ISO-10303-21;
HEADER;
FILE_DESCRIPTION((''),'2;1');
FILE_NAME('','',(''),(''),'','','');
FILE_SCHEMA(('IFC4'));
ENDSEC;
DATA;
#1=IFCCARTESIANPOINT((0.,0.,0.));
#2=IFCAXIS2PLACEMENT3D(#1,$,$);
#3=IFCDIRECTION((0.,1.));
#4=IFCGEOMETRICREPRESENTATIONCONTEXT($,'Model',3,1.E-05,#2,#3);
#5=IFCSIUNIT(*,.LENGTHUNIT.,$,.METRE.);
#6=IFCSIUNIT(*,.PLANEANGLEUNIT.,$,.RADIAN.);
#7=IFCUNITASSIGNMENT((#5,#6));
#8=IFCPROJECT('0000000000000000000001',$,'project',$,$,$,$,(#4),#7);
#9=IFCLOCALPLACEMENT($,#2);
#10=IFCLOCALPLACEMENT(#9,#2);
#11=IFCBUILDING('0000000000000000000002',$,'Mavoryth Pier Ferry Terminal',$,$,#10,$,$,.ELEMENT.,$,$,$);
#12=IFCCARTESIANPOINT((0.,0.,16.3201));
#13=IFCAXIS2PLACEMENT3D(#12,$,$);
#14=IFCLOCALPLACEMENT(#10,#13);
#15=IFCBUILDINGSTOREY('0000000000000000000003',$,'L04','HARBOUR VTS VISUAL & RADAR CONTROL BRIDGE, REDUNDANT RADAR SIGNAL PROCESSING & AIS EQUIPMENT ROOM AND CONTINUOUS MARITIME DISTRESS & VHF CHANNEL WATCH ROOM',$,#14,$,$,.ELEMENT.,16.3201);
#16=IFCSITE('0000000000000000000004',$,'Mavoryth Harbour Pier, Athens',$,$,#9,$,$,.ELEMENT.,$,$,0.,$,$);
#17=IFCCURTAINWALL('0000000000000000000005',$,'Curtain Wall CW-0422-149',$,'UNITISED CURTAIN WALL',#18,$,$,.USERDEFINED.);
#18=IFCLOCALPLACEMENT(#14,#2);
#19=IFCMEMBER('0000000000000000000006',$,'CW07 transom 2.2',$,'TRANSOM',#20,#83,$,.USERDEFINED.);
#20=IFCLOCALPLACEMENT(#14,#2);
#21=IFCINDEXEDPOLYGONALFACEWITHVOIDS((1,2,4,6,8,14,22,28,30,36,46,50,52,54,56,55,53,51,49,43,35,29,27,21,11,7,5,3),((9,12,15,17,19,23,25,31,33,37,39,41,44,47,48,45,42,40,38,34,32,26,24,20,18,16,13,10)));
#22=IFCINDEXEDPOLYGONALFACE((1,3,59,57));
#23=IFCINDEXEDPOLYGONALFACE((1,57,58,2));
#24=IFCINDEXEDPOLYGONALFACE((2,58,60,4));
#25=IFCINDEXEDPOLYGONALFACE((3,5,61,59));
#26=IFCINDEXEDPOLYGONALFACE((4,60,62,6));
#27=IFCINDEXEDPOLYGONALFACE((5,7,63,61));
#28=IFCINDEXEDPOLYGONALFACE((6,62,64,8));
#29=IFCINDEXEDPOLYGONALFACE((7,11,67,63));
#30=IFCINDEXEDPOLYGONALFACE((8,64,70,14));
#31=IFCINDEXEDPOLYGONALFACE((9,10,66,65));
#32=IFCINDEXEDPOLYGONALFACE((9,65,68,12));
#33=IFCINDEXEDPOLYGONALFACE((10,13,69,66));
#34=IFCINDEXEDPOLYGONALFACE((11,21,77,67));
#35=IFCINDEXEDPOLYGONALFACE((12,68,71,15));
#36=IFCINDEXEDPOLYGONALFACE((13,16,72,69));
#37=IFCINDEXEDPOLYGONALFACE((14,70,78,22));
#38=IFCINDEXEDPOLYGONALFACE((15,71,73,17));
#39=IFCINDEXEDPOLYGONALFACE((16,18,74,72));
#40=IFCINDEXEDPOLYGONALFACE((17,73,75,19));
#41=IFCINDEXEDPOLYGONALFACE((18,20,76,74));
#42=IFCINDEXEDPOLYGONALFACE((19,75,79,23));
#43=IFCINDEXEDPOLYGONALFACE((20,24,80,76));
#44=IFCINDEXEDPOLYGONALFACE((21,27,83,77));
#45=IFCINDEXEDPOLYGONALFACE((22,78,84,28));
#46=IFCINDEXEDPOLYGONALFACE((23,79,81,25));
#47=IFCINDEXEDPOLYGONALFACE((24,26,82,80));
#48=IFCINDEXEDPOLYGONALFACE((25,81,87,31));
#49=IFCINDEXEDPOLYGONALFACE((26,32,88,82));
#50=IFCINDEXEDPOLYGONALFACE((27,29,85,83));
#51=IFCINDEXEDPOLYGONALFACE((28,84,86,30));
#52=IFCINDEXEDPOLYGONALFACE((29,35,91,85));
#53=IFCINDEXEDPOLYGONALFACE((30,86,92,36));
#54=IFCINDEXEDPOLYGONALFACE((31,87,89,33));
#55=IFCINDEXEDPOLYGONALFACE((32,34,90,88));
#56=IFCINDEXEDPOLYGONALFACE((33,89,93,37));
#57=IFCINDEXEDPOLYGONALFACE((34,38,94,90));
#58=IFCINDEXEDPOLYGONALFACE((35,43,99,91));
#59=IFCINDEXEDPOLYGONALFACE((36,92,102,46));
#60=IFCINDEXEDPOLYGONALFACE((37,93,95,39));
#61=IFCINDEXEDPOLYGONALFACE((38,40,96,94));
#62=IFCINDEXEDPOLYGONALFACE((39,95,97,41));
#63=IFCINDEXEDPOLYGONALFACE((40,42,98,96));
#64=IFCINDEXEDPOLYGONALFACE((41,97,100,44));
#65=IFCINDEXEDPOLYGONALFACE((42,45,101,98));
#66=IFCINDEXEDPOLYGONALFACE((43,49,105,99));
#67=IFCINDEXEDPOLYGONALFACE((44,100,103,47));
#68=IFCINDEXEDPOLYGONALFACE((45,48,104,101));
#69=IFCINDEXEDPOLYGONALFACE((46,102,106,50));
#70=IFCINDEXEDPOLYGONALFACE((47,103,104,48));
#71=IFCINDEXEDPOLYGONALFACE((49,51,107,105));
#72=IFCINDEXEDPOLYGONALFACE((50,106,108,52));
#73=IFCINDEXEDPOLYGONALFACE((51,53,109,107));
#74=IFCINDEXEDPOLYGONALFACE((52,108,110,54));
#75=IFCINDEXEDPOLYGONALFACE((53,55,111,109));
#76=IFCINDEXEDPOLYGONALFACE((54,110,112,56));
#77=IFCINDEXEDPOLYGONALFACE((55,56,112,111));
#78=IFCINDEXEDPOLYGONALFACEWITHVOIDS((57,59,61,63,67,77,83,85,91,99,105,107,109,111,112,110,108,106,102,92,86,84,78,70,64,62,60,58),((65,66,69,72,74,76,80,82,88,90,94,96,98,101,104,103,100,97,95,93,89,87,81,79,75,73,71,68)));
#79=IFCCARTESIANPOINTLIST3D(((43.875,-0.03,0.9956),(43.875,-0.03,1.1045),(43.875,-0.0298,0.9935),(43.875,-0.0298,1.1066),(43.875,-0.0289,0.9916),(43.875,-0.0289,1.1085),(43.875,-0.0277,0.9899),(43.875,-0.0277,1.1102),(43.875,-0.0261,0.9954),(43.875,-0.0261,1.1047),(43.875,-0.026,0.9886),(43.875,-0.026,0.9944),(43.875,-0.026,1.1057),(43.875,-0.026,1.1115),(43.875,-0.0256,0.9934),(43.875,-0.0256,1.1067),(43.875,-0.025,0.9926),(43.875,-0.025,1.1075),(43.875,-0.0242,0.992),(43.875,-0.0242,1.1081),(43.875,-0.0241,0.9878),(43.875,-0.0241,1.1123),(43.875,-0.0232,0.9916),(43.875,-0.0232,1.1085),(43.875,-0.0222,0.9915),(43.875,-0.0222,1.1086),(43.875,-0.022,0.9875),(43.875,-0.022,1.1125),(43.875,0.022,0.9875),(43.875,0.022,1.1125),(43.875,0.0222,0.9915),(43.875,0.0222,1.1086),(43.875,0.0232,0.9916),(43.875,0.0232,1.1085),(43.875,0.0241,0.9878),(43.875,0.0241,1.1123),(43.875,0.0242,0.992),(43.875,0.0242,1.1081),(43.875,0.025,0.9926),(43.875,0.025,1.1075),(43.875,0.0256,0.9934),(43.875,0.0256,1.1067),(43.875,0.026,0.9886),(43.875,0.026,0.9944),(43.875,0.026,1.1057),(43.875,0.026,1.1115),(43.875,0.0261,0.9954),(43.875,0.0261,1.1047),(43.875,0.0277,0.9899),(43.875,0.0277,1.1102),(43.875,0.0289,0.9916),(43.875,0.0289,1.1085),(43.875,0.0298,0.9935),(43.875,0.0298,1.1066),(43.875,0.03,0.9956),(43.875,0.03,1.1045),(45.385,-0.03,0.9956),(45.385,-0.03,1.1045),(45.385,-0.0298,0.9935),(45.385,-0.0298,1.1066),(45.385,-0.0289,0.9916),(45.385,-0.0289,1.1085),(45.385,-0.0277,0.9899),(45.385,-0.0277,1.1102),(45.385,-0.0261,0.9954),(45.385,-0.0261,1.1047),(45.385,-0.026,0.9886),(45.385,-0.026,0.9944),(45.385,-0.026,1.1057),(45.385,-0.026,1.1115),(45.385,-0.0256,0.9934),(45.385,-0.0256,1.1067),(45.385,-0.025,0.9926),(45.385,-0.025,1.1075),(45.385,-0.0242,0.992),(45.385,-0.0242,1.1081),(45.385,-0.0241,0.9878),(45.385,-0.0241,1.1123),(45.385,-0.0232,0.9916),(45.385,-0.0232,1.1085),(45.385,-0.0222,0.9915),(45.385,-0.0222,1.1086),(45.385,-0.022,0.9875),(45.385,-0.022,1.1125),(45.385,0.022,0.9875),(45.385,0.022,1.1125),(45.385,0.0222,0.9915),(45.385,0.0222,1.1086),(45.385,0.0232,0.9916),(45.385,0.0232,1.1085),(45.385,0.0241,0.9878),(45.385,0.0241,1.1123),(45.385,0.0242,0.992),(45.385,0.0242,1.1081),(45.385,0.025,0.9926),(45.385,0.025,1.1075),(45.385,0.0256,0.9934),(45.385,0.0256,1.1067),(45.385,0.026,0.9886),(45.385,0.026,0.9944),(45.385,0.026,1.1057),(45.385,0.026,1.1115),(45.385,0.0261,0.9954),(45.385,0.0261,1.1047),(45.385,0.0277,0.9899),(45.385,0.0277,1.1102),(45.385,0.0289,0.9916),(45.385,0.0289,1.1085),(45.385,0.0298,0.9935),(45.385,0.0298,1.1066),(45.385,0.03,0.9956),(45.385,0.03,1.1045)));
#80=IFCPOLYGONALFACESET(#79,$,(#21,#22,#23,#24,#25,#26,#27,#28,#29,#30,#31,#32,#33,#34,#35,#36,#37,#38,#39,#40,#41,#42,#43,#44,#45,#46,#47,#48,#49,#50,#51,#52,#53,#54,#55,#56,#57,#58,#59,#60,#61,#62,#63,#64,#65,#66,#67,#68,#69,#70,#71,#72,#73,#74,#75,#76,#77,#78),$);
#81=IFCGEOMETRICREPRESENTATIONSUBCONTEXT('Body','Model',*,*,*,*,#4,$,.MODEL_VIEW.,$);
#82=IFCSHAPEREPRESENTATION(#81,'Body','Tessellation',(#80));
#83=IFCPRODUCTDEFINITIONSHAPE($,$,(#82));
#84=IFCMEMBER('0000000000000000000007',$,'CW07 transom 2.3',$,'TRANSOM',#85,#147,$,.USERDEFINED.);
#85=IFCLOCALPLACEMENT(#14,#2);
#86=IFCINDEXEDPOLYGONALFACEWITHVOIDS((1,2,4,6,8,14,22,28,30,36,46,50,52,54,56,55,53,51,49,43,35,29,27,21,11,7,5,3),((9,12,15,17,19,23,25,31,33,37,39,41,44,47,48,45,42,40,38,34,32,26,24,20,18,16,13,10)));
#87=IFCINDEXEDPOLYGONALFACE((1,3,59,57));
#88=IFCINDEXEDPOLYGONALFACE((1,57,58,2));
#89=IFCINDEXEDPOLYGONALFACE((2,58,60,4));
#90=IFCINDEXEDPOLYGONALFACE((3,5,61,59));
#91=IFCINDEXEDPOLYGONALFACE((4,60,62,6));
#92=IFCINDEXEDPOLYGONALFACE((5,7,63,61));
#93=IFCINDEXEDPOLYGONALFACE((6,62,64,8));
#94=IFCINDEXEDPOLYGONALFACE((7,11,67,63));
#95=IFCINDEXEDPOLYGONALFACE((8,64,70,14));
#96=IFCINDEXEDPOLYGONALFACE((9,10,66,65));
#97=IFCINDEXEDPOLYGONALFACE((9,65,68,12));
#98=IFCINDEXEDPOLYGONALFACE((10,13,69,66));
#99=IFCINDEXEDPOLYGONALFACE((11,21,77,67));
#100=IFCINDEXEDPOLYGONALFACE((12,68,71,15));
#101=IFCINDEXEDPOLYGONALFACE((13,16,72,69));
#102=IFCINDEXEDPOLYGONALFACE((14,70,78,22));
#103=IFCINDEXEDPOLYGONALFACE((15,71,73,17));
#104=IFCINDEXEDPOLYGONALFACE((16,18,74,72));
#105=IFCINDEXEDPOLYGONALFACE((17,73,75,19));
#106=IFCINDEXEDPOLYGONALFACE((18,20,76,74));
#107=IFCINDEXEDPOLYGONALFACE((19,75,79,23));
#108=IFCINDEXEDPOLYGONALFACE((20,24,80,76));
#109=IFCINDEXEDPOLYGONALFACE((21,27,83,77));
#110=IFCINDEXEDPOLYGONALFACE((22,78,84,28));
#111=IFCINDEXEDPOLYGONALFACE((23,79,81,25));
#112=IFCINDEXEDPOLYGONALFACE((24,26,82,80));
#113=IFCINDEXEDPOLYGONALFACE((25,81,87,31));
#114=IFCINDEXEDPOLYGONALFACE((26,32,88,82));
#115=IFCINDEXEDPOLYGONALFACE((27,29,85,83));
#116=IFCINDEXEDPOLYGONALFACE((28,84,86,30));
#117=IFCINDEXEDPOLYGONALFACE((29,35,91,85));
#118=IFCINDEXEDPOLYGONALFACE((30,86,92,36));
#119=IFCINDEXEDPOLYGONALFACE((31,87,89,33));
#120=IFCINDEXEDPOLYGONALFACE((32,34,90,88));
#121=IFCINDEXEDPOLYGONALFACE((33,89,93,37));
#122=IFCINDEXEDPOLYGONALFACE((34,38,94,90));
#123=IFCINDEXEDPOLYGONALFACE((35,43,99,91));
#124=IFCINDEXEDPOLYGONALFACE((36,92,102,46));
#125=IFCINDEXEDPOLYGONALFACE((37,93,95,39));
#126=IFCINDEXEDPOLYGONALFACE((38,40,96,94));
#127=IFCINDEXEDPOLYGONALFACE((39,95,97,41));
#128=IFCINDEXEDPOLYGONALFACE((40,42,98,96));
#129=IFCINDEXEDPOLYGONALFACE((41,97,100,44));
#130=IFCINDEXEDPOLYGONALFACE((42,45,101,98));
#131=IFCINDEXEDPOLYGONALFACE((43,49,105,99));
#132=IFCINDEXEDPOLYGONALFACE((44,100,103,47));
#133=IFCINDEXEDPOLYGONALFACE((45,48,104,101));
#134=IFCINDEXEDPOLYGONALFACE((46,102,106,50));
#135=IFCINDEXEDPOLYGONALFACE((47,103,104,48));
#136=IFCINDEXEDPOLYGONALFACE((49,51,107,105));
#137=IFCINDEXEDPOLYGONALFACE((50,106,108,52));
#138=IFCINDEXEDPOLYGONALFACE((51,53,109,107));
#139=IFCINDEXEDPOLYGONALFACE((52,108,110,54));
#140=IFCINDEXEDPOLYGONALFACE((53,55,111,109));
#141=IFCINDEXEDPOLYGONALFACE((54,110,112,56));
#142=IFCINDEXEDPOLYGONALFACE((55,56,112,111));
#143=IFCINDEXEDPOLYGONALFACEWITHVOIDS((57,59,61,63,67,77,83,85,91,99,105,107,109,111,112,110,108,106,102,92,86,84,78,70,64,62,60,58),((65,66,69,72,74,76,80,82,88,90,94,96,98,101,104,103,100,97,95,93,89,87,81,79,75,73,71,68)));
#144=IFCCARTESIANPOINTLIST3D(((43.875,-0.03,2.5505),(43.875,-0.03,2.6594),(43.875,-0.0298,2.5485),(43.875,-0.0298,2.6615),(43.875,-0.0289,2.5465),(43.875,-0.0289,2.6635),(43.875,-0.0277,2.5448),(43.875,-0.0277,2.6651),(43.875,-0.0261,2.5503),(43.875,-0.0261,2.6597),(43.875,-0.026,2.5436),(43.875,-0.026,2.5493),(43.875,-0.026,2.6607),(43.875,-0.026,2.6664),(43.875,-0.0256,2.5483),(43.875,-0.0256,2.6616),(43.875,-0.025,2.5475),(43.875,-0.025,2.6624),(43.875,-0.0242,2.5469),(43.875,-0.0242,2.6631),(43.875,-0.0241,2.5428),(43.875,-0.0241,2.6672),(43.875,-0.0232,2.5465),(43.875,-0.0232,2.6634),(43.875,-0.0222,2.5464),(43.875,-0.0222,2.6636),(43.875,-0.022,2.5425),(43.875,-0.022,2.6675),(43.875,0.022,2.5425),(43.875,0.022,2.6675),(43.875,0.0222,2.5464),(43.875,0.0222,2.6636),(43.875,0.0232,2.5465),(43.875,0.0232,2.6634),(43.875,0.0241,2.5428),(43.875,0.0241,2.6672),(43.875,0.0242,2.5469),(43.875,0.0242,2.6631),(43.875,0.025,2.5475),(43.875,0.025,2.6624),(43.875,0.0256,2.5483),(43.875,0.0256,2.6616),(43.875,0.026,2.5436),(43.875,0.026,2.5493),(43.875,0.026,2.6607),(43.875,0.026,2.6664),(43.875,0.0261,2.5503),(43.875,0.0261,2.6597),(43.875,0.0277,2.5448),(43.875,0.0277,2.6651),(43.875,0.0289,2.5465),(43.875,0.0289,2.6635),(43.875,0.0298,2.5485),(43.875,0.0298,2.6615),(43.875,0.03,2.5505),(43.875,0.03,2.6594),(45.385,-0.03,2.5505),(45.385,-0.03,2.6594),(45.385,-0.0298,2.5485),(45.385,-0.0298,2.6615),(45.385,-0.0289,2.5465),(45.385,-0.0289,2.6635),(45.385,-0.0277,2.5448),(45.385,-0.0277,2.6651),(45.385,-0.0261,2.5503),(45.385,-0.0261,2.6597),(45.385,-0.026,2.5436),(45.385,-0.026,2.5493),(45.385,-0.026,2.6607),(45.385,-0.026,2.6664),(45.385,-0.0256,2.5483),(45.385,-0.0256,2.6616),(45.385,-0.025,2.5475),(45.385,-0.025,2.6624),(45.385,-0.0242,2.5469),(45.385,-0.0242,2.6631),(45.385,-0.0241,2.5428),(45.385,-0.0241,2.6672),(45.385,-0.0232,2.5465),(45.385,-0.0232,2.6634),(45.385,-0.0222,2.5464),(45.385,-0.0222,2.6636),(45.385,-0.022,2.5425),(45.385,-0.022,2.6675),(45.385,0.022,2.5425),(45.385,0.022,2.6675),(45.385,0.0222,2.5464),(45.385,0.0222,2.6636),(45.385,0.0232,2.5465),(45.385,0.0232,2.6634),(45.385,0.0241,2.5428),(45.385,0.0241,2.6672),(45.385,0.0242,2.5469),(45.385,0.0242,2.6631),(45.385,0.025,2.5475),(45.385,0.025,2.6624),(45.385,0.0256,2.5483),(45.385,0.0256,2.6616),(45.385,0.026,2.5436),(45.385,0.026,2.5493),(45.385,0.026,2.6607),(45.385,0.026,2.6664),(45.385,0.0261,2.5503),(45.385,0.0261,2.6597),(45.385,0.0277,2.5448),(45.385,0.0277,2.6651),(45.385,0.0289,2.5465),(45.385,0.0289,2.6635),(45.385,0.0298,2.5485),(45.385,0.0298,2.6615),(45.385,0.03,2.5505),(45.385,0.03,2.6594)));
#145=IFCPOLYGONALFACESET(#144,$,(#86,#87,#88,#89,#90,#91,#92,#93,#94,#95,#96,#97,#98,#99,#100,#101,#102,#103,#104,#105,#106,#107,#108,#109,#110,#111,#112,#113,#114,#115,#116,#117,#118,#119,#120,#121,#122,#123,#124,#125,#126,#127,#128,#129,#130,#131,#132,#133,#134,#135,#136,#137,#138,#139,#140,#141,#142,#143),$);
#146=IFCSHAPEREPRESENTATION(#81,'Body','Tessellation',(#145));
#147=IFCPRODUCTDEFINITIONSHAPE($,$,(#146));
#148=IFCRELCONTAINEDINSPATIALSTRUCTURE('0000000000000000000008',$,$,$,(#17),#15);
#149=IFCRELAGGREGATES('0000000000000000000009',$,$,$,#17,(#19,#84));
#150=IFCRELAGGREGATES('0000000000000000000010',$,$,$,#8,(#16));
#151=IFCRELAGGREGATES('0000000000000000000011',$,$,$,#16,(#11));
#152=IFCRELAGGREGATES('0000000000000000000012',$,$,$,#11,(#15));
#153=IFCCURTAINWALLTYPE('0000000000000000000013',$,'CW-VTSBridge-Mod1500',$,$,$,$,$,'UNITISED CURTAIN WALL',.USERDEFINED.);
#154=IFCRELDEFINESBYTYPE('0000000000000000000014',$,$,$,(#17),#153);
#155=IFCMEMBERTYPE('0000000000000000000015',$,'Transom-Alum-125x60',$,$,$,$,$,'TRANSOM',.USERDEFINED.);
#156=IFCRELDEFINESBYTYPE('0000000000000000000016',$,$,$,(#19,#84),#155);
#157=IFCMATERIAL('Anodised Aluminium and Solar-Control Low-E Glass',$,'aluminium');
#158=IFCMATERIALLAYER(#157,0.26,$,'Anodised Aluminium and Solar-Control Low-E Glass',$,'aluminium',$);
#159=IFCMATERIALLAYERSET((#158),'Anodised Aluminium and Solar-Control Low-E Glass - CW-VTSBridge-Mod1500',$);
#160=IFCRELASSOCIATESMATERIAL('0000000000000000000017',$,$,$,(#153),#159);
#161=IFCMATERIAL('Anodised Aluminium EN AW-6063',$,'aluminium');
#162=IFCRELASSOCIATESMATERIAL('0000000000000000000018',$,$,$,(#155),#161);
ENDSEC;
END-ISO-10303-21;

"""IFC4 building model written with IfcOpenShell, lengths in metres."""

from ifc_helpers import new_model, si_unit, direction, frame, origin, origin_2d, place, context, subcontext, project, spatial, hollow_rectangle, extrude, material, layer, layer_set, material_profile, profile_set, type_object, element, aggregate, save


model = new_model("IFC4")

# Units and contexts
model_context = context("Model", 3, precision=1e-05, world=origin(), true_north=direction((0.0, 1.0)))
body_context = subcontext(model_context, "Body", "Model", "MODEL_VIEW")
ifc_project = project(units=[si_unit("LENGTHUNIT", "METRE"), si_unit("PLANEANGLEUNIT", "RADIAN")], contexts=[model_context])

# Site, building, storey
site_placement = place(None, origin())
site = spatial("IfcSite", under=ifc_project, at=site_placement, Name="Mavoryth Harbour Pier, Athens", CompositionType="ELEMENT", RefElevation=0.0)
building_placement = place(site_placement, origin())
building = spatial("IfcBuilding", under=site, at=building_placement, Name="Mavoryth Pier Ferry Terminal", CompositionType="ELEMENT")
storey_placement = place(building_placement, frame((0.0, 0.0, 16.3201)))
storey = spatial("IfcBuildingStorey", under=building, at=storey_placement, Name="L04", Description="HARBOUR VTS VISUAL & RADAR CONTROL BRIDGE, REDUNDANT RADAR SIGNAL PROCESSING & AIS EQUIPMENT ROOM AND CONTINUOUS MARITIME DISTRESS & VHF CHANNEL WATCH ROOM", CompositionType="ELEMENT", Elevation=16.3201)

# Curtain wall
ifc_material_1 = material(Name="Anodised Aluminium and Solar-Control Low-E Glass", Category="aluminium")
ifc_layer_1 = layer(ifc_material_1, 0.26, Name="Anodised Aluminium and Solar-Control Low-E Glass", Category="aluminium")
ifc_layer_set_1 = layer_set([ifc_layer_1], Name="Anodised Aluminium and Solar-Control Low-E Glass - CW-VTSBridge-Mod1500")
curtain_wall_type = type_object("IfcCurtainWallType", Name="CW-VTSBridge-Mod1500", ElementType="UNITISED CURTAIN WALL", PredefinedType="USERDEFINED", material=ifc_layer_set_1)
curtain_wall_placement = place(storey_placement, origin())
curtain_wall = element("IfcCurtainWall", 1, at=curtain_wall_placement, inside=storey, type_object=curtain_wall_type, Name="Curtain Wall CW-0422-149", ObjectType="UNITISED CURTAIN WALL", PredefinedType="USERDEFINED")
ifc_material_2 = material(Name="Anodised Aluminium EN AW-6063", Category="aluminium")

# Members
ifc_material_profile_1 = material_profile(ifc_material_2, hollow_rectangle(XDim=0.0601, YDim=0.125, WallThickness=0.0039, InnerFilletRadius=0.0039, OuterFilletRadius=0.0081, at=origin_2d()), Name="AL-TRAN 125x60x4", Category="aluminium")
ifc_profile_set_1 = profile_set([ifc_material_profile_1], Name="Anodised Aluminium EN AW-6063 - AL-TRAN 125x60x4")
member_type_1 = type_object("IfcMemberType", Name="Transom-Alum-125x60", ElementType="TRANSOM", PredefinedType="USERDEFINED", material=ifc_profile_set_1)
member_1_placement = place(storey_placement, frame((43.875, 0.0, 1.05), z_axis=(1.0, 0.0, 0.0), x_axis=(0.0, 1.0, 0.0)))
member_1 = element("IfcMember", 2, at=member_1_placement, type_object=member_type_1, Name="CW07 transom 2.2", ObjectType="TRANSOM", PredefinedType="USERDEFINED", context=body_context, shape_type="SweptSolid", body=[
    extrude(hollow_rectangle(XDim=0.0601, YDim=0.125, WallThickness=0.0039, InnerFilletRadius=0.0039, OuterFilletRadius=0.0081, at=origin_2d()), origin(), (0.0, 0.0, 1.0), 1.51),
])
member_2_placement = place(storey_placement, frame((43.875, 0.0, 2.605), z_axis=(1.0, 0.0, 0.0), x_axis=(0.0, 1.0, 0.0)))
member_2 = element("IfcMember", 3, at=member_2_placement, type_object=member_type_1, Name="CW07 transom 2.3", ObjectType="TRANSOM", PredefinedType="USERDEFINED", context=body_context, shape_type="SweptSolid", body=[
    extrude(hollow_rectangle(XDim=0.0601, YDim=0.125, WallThickness=0.0039, InnerFilletRadius=0.0039, OuterFilletRadius=0.0081, at=origin_2d()), origin(), (0.0, 0.0, 1.0), 1.51),
])

aggregate(curtain_wall, [member_1, member_2])

save(model, "model.ifc")
